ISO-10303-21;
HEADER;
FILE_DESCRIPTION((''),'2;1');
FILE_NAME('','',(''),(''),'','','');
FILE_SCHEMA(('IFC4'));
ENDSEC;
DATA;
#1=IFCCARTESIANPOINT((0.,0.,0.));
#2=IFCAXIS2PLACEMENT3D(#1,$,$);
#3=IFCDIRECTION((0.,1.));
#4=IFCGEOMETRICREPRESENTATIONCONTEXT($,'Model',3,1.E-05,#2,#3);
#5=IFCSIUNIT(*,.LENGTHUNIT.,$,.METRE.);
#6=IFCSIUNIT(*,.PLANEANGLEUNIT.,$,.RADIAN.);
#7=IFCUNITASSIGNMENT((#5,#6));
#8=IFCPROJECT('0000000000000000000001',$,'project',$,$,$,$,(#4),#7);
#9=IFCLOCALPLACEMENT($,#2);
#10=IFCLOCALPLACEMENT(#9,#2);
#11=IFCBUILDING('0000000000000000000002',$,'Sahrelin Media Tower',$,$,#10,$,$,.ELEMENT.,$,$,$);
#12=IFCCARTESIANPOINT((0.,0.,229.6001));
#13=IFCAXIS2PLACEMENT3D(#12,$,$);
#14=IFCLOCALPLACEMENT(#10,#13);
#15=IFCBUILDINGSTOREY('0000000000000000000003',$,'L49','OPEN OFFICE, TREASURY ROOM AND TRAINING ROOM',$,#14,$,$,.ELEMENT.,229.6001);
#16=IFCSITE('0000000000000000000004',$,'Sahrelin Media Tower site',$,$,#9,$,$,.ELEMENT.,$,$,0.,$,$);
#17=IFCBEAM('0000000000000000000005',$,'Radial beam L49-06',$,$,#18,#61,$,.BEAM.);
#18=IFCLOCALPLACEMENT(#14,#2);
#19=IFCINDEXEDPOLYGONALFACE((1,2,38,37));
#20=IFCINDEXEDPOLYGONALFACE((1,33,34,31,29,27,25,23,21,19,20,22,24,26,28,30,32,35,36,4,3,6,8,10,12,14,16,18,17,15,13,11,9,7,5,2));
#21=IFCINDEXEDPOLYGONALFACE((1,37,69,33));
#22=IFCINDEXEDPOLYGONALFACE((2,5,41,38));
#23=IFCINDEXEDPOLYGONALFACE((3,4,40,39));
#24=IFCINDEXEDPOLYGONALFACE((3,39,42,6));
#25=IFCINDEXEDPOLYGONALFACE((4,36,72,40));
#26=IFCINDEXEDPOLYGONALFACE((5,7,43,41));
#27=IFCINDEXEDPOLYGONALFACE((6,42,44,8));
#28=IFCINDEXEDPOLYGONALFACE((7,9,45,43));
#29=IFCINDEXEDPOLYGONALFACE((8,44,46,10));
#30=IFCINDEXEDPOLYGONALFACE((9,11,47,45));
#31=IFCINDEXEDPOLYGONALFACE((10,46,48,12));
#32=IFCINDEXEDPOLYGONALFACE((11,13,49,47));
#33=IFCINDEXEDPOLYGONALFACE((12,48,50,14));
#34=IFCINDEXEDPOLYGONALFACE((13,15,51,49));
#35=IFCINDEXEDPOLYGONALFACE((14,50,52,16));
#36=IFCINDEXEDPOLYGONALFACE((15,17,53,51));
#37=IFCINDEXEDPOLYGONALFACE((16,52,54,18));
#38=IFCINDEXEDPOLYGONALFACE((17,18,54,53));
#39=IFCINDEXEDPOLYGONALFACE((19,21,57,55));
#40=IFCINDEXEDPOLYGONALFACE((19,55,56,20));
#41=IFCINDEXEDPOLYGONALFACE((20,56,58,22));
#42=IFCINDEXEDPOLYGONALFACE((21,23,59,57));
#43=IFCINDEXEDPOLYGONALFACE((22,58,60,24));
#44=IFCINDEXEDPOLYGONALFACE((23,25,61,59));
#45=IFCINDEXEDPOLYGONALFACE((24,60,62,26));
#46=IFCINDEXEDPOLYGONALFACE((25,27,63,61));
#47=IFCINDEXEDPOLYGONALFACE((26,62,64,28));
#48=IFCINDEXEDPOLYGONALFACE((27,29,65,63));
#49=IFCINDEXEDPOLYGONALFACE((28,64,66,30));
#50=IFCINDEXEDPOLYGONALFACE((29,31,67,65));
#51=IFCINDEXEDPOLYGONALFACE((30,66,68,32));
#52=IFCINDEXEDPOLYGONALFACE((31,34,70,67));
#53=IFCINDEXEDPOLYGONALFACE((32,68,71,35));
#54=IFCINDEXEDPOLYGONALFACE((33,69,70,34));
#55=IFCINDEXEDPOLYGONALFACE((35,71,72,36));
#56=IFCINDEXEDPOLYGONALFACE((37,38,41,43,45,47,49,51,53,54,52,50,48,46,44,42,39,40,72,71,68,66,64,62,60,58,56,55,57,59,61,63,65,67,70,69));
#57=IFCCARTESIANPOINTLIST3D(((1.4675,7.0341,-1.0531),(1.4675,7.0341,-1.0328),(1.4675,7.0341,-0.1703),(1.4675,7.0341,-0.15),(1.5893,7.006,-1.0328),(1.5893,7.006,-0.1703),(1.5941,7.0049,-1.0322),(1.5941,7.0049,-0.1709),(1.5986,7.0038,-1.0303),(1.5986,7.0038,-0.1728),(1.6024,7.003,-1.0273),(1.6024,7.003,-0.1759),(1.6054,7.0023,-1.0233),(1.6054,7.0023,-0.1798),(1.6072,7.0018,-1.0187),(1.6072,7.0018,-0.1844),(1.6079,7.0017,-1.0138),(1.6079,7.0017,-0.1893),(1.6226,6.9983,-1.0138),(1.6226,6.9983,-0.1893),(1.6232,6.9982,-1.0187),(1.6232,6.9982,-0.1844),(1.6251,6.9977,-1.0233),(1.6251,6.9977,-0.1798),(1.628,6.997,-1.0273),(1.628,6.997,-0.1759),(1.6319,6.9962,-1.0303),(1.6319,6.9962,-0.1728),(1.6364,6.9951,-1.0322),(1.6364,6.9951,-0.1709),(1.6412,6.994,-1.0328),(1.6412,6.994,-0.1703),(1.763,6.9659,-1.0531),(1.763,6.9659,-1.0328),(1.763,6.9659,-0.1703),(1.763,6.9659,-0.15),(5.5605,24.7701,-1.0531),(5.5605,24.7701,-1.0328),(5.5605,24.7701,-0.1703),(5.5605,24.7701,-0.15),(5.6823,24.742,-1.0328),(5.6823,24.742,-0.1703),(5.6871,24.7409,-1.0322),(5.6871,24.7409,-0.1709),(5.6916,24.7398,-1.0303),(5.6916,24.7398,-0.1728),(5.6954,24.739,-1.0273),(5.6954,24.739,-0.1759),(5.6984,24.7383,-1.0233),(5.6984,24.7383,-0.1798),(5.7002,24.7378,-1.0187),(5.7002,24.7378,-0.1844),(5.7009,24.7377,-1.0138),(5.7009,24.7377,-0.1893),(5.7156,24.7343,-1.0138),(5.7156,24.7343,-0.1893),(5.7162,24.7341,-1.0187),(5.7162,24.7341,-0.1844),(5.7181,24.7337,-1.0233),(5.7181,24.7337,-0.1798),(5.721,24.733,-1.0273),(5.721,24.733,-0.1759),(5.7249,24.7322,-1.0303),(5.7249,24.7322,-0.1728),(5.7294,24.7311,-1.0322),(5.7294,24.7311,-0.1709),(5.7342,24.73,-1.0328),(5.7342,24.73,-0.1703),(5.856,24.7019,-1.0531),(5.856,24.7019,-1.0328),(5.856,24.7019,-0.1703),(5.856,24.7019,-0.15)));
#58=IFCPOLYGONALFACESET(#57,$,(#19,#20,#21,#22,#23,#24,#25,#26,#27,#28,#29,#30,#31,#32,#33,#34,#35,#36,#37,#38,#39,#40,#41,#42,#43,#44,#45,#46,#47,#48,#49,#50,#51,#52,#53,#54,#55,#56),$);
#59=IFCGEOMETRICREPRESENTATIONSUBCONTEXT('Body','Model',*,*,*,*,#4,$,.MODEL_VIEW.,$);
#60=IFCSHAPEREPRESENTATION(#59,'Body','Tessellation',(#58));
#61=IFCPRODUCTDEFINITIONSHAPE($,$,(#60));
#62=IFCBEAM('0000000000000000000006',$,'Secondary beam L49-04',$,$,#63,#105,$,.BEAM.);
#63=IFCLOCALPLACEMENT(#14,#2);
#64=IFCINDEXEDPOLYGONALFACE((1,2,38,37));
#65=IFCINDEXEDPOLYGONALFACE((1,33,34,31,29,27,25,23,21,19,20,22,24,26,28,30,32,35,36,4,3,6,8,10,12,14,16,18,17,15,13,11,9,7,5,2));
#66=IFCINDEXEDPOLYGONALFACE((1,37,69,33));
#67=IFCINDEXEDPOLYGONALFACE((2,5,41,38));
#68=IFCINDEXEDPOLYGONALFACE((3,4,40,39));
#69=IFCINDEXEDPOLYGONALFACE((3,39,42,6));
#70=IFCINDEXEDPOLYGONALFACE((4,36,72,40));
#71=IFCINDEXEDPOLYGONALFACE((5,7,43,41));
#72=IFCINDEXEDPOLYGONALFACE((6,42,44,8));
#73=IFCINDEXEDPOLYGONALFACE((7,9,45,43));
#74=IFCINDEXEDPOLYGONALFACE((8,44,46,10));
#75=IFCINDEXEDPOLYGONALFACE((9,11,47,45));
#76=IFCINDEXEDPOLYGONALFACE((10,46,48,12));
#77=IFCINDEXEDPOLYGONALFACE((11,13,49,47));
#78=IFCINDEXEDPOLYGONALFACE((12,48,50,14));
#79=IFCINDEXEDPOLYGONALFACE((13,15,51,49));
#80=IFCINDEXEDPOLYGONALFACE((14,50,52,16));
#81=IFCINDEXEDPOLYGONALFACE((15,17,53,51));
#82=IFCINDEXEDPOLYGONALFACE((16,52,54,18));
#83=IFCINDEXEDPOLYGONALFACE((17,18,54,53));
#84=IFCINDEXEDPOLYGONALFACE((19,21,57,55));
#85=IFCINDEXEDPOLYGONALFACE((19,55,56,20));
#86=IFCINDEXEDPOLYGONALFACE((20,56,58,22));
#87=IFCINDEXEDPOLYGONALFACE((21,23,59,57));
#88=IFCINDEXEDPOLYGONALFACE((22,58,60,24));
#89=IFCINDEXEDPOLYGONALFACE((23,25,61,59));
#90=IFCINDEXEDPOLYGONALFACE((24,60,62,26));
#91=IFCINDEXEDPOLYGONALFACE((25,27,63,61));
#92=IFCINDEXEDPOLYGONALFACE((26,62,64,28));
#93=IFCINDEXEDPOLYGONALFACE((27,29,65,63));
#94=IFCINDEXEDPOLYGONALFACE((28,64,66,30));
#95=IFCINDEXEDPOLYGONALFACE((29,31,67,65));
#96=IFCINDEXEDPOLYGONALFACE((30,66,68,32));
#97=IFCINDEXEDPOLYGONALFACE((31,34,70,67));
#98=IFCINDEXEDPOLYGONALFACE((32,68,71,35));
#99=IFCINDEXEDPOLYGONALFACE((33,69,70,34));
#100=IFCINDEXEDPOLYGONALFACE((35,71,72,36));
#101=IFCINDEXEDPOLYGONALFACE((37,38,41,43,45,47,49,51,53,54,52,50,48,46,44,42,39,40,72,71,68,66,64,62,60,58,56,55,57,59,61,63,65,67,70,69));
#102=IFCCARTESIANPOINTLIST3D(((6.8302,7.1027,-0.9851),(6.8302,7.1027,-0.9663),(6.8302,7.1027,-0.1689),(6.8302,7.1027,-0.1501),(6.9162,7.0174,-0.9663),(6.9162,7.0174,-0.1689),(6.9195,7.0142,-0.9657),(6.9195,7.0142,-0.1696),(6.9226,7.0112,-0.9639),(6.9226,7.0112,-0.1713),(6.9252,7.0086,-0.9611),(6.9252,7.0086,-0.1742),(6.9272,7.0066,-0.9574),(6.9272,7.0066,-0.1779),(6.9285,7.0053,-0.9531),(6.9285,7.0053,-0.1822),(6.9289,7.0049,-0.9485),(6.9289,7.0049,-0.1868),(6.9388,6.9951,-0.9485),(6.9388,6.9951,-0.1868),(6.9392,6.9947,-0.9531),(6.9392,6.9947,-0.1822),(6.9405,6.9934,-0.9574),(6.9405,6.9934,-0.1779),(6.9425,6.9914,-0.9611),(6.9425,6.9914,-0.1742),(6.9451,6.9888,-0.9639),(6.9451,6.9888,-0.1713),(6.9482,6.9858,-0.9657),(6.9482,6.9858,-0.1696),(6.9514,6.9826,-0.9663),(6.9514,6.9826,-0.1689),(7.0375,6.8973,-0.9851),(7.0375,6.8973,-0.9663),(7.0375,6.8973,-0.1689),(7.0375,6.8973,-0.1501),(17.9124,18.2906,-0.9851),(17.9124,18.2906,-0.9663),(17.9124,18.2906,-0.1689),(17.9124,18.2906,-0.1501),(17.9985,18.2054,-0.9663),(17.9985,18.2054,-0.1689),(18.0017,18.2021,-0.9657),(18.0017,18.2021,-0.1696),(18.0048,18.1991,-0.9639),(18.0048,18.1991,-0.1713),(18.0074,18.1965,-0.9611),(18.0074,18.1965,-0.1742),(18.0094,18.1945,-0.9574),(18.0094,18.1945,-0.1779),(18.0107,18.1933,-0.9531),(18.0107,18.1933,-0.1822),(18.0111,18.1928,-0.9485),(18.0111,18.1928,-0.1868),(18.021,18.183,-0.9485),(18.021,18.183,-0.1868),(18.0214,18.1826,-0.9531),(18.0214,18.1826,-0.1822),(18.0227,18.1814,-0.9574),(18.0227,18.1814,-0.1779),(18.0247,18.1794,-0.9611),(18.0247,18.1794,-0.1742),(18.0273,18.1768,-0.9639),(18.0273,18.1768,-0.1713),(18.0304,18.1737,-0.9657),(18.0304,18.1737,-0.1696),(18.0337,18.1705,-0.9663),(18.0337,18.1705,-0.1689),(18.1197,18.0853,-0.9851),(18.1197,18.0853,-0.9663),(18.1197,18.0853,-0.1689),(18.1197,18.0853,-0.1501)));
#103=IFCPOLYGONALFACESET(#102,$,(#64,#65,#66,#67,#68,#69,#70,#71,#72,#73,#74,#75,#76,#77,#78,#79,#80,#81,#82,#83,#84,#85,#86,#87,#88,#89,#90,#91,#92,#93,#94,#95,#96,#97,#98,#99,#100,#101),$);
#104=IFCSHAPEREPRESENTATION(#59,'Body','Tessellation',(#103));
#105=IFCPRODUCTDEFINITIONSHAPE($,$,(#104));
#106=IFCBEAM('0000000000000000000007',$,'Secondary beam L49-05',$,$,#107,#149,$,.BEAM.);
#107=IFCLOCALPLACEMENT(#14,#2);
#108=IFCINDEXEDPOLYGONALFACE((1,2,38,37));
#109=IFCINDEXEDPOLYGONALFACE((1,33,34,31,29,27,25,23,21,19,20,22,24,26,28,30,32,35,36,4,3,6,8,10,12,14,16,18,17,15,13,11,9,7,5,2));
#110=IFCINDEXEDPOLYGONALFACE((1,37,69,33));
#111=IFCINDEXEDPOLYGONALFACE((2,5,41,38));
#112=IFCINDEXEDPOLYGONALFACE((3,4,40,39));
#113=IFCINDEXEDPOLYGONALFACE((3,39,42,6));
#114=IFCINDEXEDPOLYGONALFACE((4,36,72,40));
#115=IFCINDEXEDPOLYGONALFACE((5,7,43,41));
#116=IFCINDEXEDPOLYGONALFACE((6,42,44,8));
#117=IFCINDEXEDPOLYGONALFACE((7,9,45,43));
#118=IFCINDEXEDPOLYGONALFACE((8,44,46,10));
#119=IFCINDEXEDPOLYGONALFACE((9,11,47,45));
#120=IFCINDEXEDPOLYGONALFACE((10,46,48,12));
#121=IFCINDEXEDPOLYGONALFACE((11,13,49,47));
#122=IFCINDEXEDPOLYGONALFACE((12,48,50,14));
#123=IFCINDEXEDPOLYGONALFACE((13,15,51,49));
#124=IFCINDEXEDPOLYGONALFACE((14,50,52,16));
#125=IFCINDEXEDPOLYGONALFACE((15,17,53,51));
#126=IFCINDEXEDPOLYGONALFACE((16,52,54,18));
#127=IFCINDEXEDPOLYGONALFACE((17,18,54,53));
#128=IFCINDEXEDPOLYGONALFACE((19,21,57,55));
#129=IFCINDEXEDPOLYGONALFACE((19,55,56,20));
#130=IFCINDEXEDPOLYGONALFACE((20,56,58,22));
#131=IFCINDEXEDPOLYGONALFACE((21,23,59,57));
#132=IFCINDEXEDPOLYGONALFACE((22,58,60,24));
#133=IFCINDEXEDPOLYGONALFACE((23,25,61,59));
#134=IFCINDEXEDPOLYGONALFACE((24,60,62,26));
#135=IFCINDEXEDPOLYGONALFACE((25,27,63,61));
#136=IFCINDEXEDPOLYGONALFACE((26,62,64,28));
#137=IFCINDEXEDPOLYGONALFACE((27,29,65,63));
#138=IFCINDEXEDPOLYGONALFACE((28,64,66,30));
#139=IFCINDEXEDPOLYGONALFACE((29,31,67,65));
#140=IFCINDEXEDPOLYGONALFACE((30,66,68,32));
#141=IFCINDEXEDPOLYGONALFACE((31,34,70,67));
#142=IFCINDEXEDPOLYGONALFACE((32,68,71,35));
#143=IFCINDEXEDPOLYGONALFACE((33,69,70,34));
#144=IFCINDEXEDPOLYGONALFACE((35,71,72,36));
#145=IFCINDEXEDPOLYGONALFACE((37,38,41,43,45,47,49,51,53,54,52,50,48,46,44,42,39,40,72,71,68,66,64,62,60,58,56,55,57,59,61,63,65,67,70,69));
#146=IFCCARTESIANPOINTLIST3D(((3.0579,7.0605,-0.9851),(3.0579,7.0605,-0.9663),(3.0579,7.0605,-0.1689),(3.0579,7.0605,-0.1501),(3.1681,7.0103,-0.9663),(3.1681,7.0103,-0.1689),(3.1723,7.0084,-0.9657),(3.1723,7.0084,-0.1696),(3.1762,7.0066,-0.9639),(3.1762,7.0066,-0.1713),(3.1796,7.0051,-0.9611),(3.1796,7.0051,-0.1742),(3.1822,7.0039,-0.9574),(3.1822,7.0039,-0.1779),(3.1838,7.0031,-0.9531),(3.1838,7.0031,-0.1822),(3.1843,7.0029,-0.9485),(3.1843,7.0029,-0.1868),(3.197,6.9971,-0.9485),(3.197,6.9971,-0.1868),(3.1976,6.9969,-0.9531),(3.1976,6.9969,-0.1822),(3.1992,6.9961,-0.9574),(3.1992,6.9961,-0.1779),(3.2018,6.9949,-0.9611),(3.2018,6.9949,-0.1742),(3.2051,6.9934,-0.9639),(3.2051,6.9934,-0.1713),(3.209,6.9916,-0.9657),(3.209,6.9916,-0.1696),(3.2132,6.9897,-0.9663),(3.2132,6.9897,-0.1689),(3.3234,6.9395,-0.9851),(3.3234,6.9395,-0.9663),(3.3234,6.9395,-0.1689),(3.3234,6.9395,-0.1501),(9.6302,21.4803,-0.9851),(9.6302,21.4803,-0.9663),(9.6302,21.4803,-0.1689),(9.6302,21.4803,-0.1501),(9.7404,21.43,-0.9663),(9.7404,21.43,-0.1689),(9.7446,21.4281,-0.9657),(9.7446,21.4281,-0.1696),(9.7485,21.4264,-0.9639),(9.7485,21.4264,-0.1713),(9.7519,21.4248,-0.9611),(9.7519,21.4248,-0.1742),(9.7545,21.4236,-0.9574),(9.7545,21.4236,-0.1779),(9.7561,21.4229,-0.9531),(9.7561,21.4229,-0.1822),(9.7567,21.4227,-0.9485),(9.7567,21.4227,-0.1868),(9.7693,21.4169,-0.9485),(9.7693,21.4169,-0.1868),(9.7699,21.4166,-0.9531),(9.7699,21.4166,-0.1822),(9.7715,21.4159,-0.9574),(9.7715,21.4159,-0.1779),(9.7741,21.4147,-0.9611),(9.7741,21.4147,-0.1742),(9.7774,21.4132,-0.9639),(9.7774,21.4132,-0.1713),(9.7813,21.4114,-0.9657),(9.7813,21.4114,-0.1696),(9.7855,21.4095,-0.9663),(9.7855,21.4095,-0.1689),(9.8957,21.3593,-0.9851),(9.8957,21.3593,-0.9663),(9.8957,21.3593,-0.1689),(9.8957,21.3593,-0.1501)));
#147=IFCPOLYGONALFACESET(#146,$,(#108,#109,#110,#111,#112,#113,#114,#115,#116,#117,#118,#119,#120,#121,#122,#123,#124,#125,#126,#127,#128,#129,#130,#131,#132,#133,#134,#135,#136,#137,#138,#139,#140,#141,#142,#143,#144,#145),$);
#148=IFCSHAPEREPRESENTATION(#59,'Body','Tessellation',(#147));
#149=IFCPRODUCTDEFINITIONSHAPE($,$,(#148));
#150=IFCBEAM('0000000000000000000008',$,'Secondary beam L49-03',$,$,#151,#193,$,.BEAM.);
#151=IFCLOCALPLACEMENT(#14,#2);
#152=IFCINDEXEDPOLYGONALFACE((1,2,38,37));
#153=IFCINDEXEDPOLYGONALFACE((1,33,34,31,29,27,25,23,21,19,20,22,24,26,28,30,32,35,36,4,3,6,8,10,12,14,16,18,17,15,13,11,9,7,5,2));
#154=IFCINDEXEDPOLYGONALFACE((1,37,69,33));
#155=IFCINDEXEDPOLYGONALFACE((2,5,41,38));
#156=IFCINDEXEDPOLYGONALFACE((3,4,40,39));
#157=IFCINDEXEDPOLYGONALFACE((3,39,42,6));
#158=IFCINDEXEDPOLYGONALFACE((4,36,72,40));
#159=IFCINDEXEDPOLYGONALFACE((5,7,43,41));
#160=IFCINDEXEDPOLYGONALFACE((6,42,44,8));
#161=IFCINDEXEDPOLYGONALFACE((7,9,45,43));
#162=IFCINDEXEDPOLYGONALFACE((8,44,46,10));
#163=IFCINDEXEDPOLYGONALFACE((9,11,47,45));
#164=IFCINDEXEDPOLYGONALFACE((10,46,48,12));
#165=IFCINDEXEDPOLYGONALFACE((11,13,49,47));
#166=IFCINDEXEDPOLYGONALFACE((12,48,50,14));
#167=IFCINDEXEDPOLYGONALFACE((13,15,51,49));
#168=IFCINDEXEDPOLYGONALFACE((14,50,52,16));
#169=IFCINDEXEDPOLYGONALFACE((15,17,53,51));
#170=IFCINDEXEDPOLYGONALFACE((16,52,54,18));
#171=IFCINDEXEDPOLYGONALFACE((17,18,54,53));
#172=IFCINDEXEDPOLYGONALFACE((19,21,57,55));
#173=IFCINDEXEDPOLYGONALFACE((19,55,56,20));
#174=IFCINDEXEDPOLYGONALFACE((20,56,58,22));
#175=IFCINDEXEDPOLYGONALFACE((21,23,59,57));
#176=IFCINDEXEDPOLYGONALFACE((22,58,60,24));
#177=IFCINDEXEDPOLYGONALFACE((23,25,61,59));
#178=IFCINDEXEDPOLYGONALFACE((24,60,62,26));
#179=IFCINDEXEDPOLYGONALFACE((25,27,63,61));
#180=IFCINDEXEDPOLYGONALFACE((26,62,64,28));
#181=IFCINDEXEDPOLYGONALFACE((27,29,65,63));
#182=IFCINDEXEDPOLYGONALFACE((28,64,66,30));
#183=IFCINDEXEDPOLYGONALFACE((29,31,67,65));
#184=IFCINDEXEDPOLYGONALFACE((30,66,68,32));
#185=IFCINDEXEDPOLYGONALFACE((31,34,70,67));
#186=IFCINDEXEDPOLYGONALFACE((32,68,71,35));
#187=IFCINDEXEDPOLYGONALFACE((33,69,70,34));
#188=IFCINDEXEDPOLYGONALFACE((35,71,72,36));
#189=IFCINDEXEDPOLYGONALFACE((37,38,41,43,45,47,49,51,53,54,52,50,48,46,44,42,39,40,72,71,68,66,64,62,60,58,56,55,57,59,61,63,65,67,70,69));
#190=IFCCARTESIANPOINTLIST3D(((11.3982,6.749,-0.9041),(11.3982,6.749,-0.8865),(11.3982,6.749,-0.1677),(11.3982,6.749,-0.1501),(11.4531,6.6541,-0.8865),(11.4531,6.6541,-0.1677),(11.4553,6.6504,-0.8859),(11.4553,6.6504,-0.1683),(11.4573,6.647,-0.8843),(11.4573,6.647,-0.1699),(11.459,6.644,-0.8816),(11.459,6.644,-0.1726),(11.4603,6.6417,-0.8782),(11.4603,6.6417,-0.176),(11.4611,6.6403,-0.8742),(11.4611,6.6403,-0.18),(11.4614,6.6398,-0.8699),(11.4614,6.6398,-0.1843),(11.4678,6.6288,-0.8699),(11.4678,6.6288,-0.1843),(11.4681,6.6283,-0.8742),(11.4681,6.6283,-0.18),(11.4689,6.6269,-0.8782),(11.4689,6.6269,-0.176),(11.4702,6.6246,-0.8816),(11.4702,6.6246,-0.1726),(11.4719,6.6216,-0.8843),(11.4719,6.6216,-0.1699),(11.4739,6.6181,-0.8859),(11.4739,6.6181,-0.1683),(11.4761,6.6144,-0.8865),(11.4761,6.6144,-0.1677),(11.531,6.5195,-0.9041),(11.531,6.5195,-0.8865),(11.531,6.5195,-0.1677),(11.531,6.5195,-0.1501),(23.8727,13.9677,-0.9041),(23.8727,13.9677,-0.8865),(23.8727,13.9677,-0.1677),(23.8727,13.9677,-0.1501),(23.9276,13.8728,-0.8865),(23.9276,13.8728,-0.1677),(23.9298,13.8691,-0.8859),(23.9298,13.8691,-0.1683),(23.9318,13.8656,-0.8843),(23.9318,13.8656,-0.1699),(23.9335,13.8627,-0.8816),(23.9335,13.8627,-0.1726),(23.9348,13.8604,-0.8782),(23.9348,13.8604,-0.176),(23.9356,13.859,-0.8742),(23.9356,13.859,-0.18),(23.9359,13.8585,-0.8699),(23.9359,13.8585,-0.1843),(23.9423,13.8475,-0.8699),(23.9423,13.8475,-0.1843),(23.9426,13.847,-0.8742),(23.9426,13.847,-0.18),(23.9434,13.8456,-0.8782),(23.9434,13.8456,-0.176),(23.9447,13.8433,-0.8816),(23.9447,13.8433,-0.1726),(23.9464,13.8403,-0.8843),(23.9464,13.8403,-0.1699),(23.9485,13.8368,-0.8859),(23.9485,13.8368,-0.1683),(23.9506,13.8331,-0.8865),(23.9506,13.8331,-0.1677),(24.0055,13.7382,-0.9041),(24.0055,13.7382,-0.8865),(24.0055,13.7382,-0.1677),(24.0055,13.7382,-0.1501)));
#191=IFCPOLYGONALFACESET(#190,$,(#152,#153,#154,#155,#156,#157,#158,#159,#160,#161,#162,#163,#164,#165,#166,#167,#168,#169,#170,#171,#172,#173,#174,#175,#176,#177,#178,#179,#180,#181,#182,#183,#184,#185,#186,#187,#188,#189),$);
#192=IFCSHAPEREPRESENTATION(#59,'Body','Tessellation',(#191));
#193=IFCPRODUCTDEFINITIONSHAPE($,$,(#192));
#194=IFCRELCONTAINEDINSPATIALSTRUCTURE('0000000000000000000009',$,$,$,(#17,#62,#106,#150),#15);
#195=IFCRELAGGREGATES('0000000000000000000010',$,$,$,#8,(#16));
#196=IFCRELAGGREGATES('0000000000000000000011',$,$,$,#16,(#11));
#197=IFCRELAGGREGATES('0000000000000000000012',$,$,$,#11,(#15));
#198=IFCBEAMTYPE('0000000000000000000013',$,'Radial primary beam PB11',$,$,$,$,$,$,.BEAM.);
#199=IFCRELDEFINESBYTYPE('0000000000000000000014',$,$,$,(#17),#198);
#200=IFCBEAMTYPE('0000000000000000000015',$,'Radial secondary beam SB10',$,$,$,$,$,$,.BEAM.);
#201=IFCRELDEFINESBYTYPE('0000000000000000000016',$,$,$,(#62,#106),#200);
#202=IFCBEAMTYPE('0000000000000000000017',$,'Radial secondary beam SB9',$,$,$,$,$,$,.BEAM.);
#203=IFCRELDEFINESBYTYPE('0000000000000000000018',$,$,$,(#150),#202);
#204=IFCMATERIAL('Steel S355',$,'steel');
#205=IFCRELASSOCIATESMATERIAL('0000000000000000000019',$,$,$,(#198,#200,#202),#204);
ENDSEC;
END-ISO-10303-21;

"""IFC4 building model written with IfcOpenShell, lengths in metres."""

from ifc_helpers import new_model, si_unit, direction, frame, origin, origin_2d, place, context, subcontext, project, spatial, i_section, extrude, material, material_profile, profile_set, type_object, element, save


model = new_model("IFC4")

# Units and contexts
model_context = context("Model", 3, precision=1e-05, world=origin(), true_north=direction((0.0, 1.0)))
body_context = subcontext(model_context, "Body", "Model", "MODEL_VIEW")
ifc_project = project(units=[si_unit("LENGTHUNIT", "METRE"), si_unit("PLANEANGLEUNIT", "RADIAN")], contexts=[model_context])

# Site, building, storey
site_placement = place(None, origin())
site = spatial("IfcSite", under=ifc_project, at=site_placement, Name="Sahrelin Media Tower site", CompositionType="ELEMENT", RefElevation=0.0)
building_placement = place(site_placement, origin())
building = spatial("IfcBuilding", under=site, at=building_placement, Name="Sahrelin Media Tower", CompositionType="ELEMENT")
storey_placement = place(building_placement, frame((0.0, 0.0, 229.6001)))
storey = spatial("IfcBuildingStorey", under=building, at=storey_placement, Name="L49", Description="OPEN OFFICE, TREASURY ROOM AND TRAINING ROOM", CompositionType="ELEMENT", Elevation=229.6001)

# Shared definitions
ifc_material_1 = material(Name="Steel S355", Category="steel")

# Beams
ifc_material_profile_1 = material_profile(ifc_material_1, i_section(OverallWidth=0.3032, OverallDepth=0.9031, WebThickness=0.0151, FlangeThickness=0.0203, FilletRadius=0.019, at=origin_2d()), Name="UB 914x305x201")
ifc_profile_set_1 = profile_set([ifc_material_profile_1], Name="Steel S355")
beam_type_1 = type_object("IfcBeamType", Name="Radial primary beam PB11", PredefinedType="BEAM", material=ifc_profile_set_1)
beam_1_placement = place(storey_placement, frame((1.6152, 7.0, -0.6016), z_axis=(0.224863, 0.97439, 0.0), x_axis=(-0.97439, 0.224863, 0.0)))
element("IfcBeam", 1, at=beam_1_placement, inside=storey, type_object=beam_type_1, Name="Radial beam L49-06", PredefinedType="BEAM", context=body_context, shape_type="SweptSolid", body=[
    extrude(i_section(OverallWidth=0.3032, OverallDepth=0.9031, WebThickness=0.0151, FlangeThickness=0.0203, FilletRadius=0.019, at=origin_2d()), origin(), (0.0, 0.0, 1.0), 18.2021),
])
ifc_material_profile_2 = material_profile(ifc_material_1, i_section(OverallWidth=0.2917, OverallDepth=0.835, WebThickness=0.0139, FlangeThickness=0.0188, FilletRadius=0.0178, at=origin_2d()), Name="UB 838x292x176")
ifc_profile_set_2 = profile_set([ifc_material_profile_2], Name="Steel S355")
beam_type_2 = type_object("IfcBeamType", Name="Radial secondary beam SB10", PredefinedType="BEAM", material=ifc_profile_set_2)
beam_2_placement = place(storey_placement, frame((6.9338, 7.0, -0.5676), z_axis=(0.703742, 0.710455, 0.0), x_axis=(-0.710455, 0.703742, 0.0)))
element("IfcBeam", 2, at=beam_2_placement, inside=storey, type_object=beam_type_2, Name="Secondary beam L49-04", PredefinedType="BEAM", context=body_context, shape_type="SweptSolid", body=[
    extrude(i_section(OverallWidth=0.2917, OverallDepth=0.835, WebThickness=0.0139, FlangeThickness=0.0188, FilletRadius=0.0178, at=origin_2d()), origin(), (0.0, 0.0, 1.0), 15.7476),
])
beam_3_placement = place(storey_placement, frame((3.1907, 7.0, -0.5676), z_axis=(0.414737, 0.909941, 0.0), x_axis=(-0.909941, 0.414737, 0.0)))
element("IfcBeam", 3, at=beam_3_placement, inside=storey, type_object=beam_type_2, Name="Secondary beam L49-05", PredefinedType="BEAM", context=body_context, shape_type="SweptSolid", body=[
    extrude(i_section(OverallWidth=0.2917, OverallDepth=0.835, WebThickness=0.0139, FlangeThickness=0.0188, FilletRadius=0.0178, at=origin_2d()), origin(), (0.0, 0.0, 1.0), 15.8469),
])
ifc_material_profile_3 = material_profile(ifc_material_1, i_section(OverallWidth=0.2651, OverallDepth=0.7539, WebThickness=0.0127, FlangeThickness=0.0176, FilletRadius=0.0166, at=origin_2d()), Name="UB 762x267x147")
ifc_profile_set_3 = profile_set([ifc_material_profile_3], Name="Steel S355")
beam_type_3 = type_object("IfcBeamType", Name="Radial secondary beam SB9", PredefinedType="BEAM", material=ifc_profile_set_3)
beam_4_placement = place(storey_placement, frame((11.4646, 6.6343, -0.5271), z_axis=(0.865528, 0.50086, 0.0), x_axis=(-0.50086, 0.865528, 0.0)))
element("IfcBeam", 4, at=beam_4_placement, inside=storey, type_object=beam_type_3, Name="Secondary beam L49-03", PredefinedType="BEAM", context=body_context, shape_type="SweptSolid", body=[
    extrude(i_section(OverallWidth=0.2651, OverallDepth=0.7539, WebThickness=0.0127, FlangeThickness=0.0176, FilletRadius=0.0166, at=origin_2d()), origin(), (0.0, 0.0, 1.0), 14.4126),
])

save(model, "model.ifc")
